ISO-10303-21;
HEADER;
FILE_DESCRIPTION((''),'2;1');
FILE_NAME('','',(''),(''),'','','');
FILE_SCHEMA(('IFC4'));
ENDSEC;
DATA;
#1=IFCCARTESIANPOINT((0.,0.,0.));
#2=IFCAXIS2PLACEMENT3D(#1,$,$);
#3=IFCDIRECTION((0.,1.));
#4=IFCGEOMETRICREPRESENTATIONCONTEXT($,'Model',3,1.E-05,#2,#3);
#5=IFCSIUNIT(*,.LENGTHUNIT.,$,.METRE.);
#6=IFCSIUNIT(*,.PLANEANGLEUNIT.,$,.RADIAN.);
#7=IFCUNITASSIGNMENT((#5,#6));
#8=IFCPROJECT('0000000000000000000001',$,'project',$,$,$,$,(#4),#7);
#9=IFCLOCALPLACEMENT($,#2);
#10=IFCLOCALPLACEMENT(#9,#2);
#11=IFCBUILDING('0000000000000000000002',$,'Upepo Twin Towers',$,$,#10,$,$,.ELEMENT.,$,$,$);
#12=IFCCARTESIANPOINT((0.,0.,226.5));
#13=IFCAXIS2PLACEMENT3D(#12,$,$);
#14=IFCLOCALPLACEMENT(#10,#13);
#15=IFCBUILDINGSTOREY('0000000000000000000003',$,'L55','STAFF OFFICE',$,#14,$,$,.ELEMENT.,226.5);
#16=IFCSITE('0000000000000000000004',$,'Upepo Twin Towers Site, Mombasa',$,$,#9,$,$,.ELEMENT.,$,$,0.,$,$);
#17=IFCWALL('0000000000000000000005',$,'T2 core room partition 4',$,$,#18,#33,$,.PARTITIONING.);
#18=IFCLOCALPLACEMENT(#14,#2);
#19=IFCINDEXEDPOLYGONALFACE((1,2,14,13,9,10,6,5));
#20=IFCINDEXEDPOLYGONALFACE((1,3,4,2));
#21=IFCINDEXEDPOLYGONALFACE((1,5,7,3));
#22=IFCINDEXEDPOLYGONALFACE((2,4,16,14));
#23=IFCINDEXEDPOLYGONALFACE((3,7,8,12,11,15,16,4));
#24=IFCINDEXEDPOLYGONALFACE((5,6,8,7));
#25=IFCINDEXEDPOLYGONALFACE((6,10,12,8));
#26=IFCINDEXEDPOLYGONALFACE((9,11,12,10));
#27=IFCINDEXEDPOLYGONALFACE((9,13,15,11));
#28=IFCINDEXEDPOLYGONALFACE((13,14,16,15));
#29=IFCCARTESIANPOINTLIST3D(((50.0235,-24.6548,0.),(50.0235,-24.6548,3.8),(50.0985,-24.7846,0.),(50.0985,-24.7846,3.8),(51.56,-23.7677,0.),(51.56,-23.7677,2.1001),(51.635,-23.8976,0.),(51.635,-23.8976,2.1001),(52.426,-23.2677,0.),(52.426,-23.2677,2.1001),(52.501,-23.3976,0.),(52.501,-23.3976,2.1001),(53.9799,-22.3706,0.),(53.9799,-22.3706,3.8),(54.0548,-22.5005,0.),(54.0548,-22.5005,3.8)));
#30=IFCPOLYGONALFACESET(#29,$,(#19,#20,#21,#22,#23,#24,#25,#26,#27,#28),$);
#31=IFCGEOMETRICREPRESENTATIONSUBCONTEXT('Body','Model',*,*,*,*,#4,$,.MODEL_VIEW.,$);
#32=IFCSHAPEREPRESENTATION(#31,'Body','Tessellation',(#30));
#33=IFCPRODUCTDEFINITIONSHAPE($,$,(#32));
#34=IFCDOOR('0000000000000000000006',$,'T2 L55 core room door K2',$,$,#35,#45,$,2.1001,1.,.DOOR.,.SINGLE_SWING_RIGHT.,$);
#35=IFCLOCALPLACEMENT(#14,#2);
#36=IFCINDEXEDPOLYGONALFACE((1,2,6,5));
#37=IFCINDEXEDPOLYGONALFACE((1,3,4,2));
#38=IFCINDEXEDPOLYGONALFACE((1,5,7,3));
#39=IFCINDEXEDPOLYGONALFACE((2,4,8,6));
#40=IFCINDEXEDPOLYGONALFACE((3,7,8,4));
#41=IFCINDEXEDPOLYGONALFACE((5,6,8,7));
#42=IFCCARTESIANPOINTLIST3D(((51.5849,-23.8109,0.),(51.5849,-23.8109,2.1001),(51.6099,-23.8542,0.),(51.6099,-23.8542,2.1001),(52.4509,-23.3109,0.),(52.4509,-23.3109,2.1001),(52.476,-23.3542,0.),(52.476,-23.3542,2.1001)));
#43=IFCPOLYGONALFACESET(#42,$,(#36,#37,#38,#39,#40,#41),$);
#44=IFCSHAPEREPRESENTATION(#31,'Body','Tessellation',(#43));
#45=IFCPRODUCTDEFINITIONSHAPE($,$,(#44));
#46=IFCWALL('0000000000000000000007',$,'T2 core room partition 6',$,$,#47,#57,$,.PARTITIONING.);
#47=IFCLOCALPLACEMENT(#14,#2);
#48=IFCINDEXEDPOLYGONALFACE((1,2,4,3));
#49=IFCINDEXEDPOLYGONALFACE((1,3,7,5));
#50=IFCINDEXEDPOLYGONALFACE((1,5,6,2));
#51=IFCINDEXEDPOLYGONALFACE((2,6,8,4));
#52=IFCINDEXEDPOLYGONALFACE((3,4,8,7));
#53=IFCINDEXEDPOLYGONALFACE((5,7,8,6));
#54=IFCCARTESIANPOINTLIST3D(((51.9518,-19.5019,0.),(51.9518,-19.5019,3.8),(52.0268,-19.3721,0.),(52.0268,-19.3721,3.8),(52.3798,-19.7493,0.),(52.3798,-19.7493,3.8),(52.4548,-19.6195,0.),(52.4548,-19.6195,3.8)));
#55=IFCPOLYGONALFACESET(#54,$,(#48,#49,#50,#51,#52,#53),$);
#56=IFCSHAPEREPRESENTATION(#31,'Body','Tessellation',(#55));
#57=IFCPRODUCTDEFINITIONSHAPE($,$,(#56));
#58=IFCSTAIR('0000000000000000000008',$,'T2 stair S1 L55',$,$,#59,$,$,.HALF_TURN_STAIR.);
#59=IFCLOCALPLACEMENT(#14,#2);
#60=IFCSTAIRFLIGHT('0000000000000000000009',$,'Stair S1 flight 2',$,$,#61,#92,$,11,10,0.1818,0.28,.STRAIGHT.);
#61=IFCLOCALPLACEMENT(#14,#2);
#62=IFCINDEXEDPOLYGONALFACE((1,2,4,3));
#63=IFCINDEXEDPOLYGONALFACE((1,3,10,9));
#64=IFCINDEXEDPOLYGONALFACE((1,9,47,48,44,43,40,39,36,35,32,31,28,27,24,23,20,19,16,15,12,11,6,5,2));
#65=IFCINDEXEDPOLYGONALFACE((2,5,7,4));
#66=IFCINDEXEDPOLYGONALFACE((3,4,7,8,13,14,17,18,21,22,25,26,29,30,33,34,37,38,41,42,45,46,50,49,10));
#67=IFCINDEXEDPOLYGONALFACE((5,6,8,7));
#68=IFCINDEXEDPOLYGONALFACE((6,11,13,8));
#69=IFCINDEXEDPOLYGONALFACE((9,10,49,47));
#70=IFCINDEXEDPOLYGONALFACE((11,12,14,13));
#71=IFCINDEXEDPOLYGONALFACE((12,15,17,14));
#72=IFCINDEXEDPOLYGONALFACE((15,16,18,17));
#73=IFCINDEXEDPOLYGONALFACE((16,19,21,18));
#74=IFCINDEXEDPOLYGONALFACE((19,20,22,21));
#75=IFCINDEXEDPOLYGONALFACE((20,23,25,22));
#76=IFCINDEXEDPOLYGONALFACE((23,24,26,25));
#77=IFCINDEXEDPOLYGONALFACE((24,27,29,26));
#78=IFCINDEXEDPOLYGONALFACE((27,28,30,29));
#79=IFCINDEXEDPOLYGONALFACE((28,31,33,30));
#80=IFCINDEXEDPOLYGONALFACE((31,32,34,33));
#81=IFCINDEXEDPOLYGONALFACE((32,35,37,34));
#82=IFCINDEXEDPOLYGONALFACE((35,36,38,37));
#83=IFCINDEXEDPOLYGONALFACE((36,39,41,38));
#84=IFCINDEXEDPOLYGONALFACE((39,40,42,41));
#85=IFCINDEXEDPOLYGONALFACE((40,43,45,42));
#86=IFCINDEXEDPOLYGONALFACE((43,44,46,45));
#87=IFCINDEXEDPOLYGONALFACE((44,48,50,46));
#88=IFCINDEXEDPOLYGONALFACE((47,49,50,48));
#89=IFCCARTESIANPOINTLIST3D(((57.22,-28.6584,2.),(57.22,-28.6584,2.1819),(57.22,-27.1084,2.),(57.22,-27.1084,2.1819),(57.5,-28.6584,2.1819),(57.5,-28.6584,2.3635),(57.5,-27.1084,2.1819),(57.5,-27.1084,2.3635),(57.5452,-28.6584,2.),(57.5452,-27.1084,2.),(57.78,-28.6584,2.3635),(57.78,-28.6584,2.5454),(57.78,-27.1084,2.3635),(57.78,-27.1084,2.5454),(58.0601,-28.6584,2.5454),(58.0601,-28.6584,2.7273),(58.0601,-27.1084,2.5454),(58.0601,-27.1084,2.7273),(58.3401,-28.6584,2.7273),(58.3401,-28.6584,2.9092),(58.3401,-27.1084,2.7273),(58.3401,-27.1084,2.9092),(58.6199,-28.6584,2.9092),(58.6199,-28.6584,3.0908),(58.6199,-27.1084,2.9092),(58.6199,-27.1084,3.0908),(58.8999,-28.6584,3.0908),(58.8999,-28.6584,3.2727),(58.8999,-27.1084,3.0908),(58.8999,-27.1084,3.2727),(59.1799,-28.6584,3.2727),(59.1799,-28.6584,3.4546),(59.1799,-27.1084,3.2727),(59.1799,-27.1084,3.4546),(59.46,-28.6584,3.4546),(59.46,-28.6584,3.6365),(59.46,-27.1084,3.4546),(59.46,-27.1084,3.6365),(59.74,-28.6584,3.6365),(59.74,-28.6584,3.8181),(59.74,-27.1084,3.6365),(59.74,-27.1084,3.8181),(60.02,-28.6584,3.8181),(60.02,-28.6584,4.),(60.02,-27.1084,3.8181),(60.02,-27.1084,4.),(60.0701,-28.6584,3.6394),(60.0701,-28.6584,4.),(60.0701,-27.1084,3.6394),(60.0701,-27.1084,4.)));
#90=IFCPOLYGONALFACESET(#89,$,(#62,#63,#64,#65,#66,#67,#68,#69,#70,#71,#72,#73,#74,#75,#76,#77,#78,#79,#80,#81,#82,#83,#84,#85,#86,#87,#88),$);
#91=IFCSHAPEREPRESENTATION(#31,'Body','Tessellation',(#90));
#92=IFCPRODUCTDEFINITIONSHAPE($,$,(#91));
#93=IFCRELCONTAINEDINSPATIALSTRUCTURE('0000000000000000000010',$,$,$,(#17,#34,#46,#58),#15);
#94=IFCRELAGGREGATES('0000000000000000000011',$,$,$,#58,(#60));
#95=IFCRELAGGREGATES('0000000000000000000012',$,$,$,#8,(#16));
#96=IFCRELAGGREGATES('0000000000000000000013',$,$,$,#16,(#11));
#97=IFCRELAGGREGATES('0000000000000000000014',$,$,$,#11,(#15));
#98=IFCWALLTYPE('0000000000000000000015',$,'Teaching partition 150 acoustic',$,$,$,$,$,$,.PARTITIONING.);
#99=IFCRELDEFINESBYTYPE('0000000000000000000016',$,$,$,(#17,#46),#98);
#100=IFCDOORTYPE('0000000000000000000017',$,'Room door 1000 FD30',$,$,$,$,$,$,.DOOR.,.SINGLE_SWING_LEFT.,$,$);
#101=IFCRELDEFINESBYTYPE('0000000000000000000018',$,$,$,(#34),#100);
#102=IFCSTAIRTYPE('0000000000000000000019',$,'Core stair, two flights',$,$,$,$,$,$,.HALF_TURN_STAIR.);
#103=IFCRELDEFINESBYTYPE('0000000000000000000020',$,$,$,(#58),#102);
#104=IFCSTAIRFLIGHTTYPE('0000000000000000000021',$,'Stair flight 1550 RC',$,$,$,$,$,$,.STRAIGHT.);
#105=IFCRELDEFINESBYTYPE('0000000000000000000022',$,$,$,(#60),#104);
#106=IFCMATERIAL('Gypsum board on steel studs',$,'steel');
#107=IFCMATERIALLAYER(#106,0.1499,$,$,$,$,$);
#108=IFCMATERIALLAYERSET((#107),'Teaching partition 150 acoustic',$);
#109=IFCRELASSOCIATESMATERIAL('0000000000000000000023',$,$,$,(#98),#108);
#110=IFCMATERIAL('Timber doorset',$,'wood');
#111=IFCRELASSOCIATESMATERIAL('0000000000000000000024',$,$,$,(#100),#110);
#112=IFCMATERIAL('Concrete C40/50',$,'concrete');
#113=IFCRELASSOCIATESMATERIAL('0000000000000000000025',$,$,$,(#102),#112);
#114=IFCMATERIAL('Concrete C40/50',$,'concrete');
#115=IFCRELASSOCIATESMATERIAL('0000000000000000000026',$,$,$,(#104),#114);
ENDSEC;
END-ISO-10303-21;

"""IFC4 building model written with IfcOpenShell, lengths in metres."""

from ifc_helpers import new_model, si_unit, direction, frame, frame_2d, origin, place, context, subcontext, project, spatial, polyline, rectangle, outline, extrude, material, layer, layer_set, type_object, element, fill, aggregate, save


model = new_model("IFC4")

# Units and contexts
model_context = context("Model", 3, precision=1e-05, world=origin(), true_north=direction((0.0, 1.0)))
body_context = subcontext(model_context, "Body", "Model", "MODEL_VIEW")
ifc_project = project(units=[si_unit("LENGTHUNIT", "METRE"), si_unit("PLANEANGLEUNIT", "RADIAN")], contexts=[model_context])

# Site, building, storey
site_placement = place(None, origin())
site = spatial("IfcSite", under=ifc_project, at=site_placement, Name="Upepo Twin Towers Site, Mombasa", CompositionType="ELEMENT", RefElevation=0.0)
building_placement = place(site_placement, origin())
building = spatial("IfcBuilding", under=site, at=building_placement, Name="Upepo Twin Towers", CompositionType="ELEMENT")
storey_placement = place(building_placement, frame((0.0, 0.0, 226.5)))
storey = spatial("IfcBuildingStorey", under=building, at=storey_placement, Name="L55", Description="STAFF OFFICE", CompositionType="ELEMENT", Elevation=226.5)

# Shared definitions
ifc_material_1 = material(Name="Gypsum board on steel studs", Category="steel")
ifc_layer_1 = layer(ifc_material_1, 0.1499)
ifc_layer_set_1 = layer_set([ifc_layer_1], Name="Teaching partition 150 acoustic")
wall_type_1 = type_object("IfcWallType", Name="Teaching partition 150 acoustic", PredefinedType="PARTITIONING", material=ifc_layer_set_1)

# Wall, opening, door
wall_1_placement = place(storey_placement, frame((54.0173, -22.4355, 0.0), z_axis=(0.0, 0.0, 1.0), x_axis=(-0.866025, -0.500002, 0.0)))
wall_1 = element("IfcWall", 1, at=wall_1_placement, inside=storey, type_object=wall_type_1, Name="T2 core room partition 4", PredefinedType="PARTITIONING", context=body_context, shape_type="SweptSolid", body=[
    extrude(rectangle(XDim=4.5684, YDim=0.1499, at=frame_2d((2.2842, 0.0))), origin(), (0.0, 0.0, 1.0), 3.8),
])
opening_1_placement = place(wall_1_placement, frame((1.7942, 0.0, 0.0)))
opening_1 = element("IfcOpeningElement", 2, at=opening_1_placement, cuts=wall_1, PredefinedType="OPENING", context=body_context, shape_type="SweptSolid", body=[
    extrude(rectangle(XDim=1.0, YDim=2.1001, at=frame_2d((0.5, 1.05))), frame((0.0, 0.085, 0.0), z_axis=(0.0, -1.0, 0.0), x_axis=(1.0, 0.0, 0.0)), (0.0, 0.0, 1.0), 0.1699),
])
ifc_material_2 = material(Name="Timber doorset", Category="wood")
door_type_1 = type_object("IfcDoorType", Name="Room door 1000 FD30", OperationType="SINGLE_SWING_LEFT", PredefinedType="DOOR", material=ifc_material_2)
door_1_placement = place(opening_1_placement, origin())
door_1 = element("IfcDoor", 3, at=door_1_placement, inside=storey, type_object=door_type_1, Name="T2 L55 core room door K2", OperationType="SINGLE_SWING_RIGHT", OverallHeight=2.1001, OverallWidth=1.0, PredefinedType="DOOR", context=body_context, shape_type="SweptSolid", body=[
    extrude(rectangle(XDim=1.0, YDim=2.1001, at=frame_2d((0.5, 1.05))), frame((0.0, 0.0249, 0.0), z_axis=(0.0, -1.0, 0.0), x_axis=(1.0, 0.0, 0.0)), (0.0, 0.0, 1.0), 0.05),
])
fill(opening_1, door_1)

# Wall
wall_2_placement = place(storey_placement, frame((52.4172, -19.6843, 0.0), z_axis=(0.0, 0.0, 1.0), x_axis=(-0.865832, 0.500335, 0.0)))
element("IfcWall", 4, at=wall_2_placement, inside=storey, type_object=wall_type_1, Name="T2 core room partition 6", PredefinedType="PARTITIONING", context=body_context, shape_type="SweptSolid", body=[
    extrude(rectangle(XDim=0.4944, YDim=0.1499, at=frame_2d((0.2471, 0.0))), origin(), (0.0, 0.0, 1.0), 3.8),
])

# Stair, stair flight
ifc_material_3 = material(Name="Concrete C40/50", Category="concrete")
stair_type = type_object("IfcStairType", Name="Core stair, two flights", PredefinedType="HALF_TURN_STAIR", material=ifc_material_3)
stair_placement = place(storey_placement, origin())
stair = element("IfcStair", 5, at=stair_placement, inside=storey, type_object=stair_type, Name="T2 stair S1 L55", PredefinedType="HALF_TURN_STAIR")
ifc_material_4 = material(Name="Concrete C40/50", Category="concrete")
stair_flight_type = type_object("IfcStairFlightType", Name="Stair flight 1550 RC", PredefinedType="STRAIGHT", material=ifc_material_4)
stair_flight_placement = place(storey_placement, frame((57.22, -27.8833, 2.0), z_axis=(0.0, 0.0, 1.0), x_axis=(1.0, 0.0, 0.0)))
stair_flight = element("IfcStairFlight", 6, at=stair_flight_placement, type_object=stair_flight_type, Name="Stair S1 flight 2", NumberOfRisers=11, NumberOfTreads=10, PredefinedType="STRAIGHT", RiserHeight=0.1818, TreadLength=0.28, context=body_context, shape_type="SweptSolid", body=[
    extrude(outline(polyline([(0.0, 0.0), (0.0, 0.1819), (0.28, 0.1819), (0.28, 0.3635), (0.5601, 0.3635), (0.5601, 0.5454), (0.8401, 0.5454), (0.8401, 0.7273), (1.1201, 0.7273), (1.1201, 0.9092), (1.3999, 0.9092), (1.3999, 1.0908), (1.6799, 1.0908), (1.6799, 1.2727), (1.96, 1.2727), (1.96, 1.4546), (2.24, 1.4546), (2.24, 1.6365), (2.52, 1.6365), (2.52, 1.8181), (2.8, 1.8181), (2.8, 2.0), (2.8501, 2.0), (2.8501, 1.6394), (0.3252, 0.0), (0.0, 0.0)])), frame((0.0, 0.7749, 0.0), z_axis=(0.0, -1.0, 0.0), x_axis=(1.0, 0.0, 0.0)), (0.0, 0.0, 1.0), 1.55),
])
aggregate(stair, [stair_flight])

save(model, "model.ifc")
